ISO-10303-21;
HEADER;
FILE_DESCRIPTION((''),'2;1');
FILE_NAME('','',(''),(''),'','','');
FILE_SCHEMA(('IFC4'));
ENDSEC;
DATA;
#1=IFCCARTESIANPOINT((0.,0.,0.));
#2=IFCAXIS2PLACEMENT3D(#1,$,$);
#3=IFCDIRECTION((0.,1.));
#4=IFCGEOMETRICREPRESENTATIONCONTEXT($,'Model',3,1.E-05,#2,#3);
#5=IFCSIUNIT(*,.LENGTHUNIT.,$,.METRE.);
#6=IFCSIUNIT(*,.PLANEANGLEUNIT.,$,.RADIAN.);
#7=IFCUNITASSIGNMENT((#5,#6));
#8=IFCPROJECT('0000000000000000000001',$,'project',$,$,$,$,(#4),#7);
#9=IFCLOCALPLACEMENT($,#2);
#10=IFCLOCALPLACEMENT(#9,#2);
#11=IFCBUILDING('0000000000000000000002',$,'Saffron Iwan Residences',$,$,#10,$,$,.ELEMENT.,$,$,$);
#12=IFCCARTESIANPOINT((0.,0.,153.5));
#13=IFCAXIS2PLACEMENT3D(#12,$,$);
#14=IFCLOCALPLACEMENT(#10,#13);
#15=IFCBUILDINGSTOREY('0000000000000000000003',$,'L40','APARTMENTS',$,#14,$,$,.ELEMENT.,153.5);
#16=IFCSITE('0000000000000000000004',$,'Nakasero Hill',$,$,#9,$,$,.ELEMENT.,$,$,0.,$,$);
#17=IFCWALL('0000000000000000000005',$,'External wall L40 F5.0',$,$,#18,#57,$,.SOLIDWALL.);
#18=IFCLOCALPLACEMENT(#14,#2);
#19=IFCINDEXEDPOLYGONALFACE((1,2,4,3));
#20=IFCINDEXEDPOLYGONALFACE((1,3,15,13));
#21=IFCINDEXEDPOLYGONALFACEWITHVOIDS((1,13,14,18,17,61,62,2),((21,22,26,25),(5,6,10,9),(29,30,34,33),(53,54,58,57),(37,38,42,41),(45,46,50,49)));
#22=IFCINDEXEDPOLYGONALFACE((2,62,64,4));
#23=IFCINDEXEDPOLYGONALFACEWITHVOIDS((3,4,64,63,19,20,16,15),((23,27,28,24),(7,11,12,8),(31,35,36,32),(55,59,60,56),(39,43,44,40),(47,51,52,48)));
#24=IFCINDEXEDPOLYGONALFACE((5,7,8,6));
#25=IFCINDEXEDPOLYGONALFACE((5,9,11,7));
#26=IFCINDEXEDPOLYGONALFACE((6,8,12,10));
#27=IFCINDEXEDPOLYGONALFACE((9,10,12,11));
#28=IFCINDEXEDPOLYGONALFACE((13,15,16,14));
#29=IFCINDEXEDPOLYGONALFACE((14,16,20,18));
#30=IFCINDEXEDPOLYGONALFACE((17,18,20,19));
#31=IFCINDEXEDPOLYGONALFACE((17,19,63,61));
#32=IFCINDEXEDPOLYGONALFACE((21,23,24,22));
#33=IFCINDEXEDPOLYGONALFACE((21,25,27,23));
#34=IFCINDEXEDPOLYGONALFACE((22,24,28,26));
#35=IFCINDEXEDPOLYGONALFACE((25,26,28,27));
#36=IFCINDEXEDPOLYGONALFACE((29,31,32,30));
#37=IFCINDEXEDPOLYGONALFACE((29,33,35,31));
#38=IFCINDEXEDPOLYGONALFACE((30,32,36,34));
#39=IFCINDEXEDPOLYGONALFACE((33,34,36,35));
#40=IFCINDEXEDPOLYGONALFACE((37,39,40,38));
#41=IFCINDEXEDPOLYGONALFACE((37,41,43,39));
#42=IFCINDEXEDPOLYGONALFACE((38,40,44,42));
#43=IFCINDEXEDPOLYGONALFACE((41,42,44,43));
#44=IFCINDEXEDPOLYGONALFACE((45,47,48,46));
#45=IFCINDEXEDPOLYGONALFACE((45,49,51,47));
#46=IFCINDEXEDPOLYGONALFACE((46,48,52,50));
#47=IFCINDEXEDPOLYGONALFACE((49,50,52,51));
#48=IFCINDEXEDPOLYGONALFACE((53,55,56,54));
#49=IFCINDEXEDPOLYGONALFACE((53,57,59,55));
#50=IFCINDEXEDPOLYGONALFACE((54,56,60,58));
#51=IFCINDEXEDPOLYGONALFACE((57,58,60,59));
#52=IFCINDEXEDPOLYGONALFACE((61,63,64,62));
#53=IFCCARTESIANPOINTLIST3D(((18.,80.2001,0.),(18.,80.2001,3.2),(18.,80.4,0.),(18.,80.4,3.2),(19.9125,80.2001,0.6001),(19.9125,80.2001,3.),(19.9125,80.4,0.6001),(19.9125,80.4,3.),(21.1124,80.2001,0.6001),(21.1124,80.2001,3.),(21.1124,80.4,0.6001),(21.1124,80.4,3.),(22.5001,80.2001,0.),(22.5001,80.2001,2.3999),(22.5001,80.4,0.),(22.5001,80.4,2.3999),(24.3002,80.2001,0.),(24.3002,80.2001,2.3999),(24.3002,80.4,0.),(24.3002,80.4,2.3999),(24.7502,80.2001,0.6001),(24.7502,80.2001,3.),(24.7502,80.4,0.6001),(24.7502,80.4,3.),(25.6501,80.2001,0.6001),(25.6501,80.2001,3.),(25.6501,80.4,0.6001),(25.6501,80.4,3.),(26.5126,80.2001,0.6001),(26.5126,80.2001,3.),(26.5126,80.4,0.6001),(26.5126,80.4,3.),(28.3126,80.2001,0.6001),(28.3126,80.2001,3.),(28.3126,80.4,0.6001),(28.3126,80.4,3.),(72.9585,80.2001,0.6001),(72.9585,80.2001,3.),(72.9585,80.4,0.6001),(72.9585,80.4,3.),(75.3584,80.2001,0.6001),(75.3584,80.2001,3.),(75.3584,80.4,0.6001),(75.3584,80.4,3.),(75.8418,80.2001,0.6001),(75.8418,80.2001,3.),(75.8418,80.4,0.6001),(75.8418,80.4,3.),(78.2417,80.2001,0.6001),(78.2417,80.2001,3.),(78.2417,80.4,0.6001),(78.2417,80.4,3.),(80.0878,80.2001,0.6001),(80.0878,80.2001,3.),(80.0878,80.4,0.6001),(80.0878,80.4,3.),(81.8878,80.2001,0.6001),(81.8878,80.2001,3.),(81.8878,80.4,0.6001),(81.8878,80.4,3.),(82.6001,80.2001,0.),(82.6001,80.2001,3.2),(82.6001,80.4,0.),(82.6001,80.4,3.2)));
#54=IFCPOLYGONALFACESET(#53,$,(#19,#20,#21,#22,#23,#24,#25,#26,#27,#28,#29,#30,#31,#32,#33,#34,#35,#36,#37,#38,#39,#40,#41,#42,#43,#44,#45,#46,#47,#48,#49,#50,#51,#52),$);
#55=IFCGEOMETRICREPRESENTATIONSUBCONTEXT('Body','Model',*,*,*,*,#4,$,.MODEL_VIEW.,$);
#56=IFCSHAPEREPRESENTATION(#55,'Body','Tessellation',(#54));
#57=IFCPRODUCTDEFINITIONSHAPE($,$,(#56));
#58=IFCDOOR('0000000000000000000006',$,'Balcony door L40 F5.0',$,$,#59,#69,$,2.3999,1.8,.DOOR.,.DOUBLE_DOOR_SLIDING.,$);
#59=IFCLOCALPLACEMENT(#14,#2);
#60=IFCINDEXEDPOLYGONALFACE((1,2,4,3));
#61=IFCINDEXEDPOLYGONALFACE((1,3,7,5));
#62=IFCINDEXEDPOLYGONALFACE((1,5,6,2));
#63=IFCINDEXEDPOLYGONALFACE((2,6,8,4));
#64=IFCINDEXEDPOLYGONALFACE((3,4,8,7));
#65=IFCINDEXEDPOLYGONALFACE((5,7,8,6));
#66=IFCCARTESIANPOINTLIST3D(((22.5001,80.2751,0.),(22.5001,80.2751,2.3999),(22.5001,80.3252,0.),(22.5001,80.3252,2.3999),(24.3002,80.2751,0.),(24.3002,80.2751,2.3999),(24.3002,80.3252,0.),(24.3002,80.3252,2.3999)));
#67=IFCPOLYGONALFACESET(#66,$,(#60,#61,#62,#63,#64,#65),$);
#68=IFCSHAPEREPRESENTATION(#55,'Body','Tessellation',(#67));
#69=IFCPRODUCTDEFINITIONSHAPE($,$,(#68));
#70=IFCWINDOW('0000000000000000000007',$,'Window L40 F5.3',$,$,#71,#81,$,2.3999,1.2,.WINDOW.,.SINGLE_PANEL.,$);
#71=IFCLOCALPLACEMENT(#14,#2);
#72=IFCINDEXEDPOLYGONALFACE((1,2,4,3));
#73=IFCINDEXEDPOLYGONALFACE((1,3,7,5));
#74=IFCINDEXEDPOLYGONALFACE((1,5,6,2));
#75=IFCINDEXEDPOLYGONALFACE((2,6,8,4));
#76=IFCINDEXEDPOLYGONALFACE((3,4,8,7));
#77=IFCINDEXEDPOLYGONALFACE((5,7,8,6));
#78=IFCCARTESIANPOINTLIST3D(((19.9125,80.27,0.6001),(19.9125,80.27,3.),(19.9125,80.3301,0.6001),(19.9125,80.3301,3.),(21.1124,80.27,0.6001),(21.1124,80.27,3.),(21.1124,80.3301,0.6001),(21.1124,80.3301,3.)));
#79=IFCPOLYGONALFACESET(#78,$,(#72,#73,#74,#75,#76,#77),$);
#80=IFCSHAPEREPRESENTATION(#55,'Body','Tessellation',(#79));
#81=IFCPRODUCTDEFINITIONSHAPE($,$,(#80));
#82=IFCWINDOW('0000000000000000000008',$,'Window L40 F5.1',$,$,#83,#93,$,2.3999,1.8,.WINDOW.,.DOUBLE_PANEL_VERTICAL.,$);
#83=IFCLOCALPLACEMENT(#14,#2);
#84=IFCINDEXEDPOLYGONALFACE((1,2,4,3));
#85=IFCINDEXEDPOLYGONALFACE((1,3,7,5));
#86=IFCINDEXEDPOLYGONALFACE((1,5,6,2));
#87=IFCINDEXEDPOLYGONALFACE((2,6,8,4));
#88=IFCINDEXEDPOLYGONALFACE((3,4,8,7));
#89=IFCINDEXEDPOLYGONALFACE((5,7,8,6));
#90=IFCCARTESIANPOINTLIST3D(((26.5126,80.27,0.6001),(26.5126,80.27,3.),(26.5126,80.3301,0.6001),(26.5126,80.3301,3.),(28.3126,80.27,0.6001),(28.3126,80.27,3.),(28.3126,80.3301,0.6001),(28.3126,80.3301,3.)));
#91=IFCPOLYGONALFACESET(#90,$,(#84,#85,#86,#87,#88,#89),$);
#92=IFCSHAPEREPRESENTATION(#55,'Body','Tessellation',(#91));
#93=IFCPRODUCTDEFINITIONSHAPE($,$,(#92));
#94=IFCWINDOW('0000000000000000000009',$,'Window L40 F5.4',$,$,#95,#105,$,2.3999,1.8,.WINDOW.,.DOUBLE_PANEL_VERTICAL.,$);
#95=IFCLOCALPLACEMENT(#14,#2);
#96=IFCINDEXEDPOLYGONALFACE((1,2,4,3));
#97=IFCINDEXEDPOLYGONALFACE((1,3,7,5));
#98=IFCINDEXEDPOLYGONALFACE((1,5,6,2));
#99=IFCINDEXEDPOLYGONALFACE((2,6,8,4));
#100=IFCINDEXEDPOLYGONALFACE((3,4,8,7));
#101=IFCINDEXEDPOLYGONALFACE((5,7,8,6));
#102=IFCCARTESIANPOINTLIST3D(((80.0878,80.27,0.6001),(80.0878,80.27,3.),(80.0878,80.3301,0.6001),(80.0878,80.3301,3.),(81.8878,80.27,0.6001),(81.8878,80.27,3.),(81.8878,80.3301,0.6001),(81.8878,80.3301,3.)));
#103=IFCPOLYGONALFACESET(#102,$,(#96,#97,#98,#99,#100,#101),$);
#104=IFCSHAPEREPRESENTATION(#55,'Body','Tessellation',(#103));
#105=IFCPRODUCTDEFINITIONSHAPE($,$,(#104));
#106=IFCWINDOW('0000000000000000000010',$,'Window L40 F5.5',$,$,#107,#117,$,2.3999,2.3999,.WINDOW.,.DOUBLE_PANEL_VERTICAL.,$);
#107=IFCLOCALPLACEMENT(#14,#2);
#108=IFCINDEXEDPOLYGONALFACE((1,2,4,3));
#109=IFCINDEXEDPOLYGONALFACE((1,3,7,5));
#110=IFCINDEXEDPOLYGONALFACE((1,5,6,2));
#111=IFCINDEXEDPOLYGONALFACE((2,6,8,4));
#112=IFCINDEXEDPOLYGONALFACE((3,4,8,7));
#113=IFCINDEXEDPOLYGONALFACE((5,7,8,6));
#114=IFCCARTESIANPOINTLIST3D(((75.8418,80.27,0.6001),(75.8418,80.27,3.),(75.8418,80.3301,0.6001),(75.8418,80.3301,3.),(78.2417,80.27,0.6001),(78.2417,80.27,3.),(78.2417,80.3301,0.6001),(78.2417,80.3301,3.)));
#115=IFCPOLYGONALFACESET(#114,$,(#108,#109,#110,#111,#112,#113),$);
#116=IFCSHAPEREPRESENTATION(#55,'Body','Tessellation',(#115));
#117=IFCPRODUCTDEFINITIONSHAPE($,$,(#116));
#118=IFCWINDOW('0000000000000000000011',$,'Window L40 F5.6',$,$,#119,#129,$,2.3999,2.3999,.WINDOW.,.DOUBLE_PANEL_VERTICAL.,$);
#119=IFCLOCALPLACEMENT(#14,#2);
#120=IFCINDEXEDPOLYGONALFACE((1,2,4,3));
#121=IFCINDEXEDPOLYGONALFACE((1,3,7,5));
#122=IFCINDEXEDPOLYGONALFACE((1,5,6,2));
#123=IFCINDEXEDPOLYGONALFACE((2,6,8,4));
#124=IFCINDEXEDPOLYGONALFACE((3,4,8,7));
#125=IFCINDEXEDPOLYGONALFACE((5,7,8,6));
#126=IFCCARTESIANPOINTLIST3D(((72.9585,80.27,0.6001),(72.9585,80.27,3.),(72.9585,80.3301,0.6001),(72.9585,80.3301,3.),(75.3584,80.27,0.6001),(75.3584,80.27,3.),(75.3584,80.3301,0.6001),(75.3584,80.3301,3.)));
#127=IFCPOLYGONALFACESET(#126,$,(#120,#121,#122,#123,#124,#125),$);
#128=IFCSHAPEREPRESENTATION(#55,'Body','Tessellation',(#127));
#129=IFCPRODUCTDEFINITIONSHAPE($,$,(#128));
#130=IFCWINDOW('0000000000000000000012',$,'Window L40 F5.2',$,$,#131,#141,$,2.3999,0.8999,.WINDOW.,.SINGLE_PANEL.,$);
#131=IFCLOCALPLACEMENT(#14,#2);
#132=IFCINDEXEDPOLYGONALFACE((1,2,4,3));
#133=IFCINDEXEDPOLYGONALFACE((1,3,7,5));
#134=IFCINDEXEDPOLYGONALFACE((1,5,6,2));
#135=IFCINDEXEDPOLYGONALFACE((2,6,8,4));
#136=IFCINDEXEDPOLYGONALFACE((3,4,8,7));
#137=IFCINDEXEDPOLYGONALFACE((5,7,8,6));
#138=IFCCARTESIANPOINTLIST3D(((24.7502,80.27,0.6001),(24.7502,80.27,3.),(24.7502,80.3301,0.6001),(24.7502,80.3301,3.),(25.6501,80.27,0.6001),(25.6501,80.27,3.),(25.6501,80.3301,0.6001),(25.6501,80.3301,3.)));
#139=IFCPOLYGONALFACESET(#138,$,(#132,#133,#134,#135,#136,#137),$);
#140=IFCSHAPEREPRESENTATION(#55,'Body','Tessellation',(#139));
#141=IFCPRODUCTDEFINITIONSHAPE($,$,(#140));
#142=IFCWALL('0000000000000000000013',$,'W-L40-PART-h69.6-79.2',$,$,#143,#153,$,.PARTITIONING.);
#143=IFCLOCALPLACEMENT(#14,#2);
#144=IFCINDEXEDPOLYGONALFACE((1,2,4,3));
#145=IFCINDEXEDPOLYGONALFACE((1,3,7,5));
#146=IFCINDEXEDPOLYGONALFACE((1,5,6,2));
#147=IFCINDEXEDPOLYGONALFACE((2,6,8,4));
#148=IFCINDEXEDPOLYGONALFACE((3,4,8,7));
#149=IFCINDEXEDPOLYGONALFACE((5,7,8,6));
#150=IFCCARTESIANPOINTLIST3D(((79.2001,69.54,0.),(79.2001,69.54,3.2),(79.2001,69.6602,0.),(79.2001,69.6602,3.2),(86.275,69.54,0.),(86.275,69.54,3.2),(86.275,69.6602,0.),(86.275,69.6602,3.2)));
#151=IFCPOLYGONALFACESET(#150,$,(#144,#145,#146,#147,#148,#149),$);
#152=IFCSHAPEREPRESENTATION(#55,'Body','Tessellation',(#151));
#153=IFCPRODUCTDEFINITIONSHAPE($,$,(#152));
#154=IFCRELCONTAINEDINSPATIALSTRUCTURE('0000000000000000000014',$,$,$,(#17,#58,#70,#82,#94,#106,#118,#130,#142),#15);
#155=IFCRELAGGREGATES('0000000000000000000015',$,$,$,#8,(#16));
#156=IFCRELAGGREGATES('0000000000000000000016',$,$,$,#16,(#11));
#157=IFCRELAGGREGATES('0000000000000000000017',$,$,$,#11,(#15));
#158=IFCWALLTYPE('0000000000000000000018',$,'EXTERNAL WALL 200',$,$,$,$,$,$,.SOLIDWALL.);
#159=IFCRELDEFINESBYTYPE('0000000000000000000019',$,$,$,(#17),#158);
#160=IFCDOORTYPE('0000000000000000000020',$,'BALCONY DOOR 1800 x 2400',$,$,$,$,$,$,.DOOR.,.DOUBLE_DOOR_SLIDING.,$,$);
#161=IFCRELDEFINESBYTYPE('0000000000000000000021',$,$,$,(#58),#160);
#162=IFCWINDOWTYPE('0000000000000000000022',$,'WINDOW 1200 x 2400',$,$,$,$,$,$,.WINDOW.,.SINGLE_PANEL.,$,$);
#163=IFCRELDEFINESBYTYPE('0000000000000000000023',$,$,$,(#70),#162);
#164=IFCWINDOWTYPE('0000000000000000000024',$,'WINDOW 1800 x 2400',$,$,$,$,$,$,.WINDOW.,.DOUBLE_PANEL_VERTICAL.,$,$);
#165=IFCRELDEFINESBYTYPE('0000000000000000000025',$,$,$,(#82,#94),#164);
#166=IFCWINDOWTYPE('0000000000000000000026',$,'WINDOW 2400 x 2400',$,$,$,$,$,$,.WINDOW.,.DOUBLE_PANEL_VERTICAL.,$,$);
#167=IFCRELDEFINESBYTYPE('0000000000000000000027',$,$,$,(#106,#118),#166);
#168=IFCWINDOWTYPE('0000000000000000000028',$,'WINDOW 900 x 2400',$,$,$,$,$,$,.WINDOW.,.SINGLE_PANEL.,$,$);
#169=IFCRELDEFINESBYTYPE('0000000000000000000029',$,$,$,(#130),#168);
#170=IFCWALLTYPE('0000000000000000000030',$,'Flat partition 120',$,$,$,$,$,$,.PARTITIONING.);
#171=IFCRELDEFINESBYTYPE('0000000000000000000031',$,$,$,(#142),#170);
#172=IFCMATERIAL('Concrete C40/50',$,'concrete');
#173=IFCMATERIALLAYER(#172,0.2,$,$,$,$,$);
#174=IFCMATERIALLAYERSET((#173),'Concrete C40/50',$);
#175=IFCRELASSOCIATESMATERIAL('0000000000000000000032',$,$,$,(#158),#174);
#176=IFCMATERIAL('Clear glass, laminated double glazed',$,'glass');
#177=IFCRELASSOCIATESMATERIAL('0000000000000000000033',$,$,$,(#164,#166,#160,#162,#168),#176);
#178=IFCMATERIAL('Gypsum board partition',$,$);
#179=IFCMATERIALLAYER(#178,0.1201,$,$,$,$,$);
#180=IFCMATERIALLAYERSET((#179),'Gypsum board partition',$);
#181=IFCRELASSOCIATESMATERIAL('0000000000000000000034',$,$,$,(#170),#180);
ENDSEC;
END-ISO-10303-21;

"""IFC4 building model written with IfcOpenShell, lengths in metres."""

from ifc_helpers import new_model, si_unit, direction, frame, frame_2d, origin, place, context, subcontext, project, spatial, rectangle, extrude, material, layer, layer_set, type_object, element, fill, save


model = new_model("IFC4")

# Units and contexts
model_context = context("Model", 3, precision=1e-05, world=origin(), true_north=direction((0.0, 1.0)))
body_context = subcontext(model_context, "Body", "Model", "MODEL_VIEW")
ifc_project = project(units=[si_unit("LENGTHUNIT", "METRE"), si_unit("PLANEANGLEUNIT", "RADIAN")], contexts=[model_context])

# Site, building, storey
site_placement = place(None, origin())
site = spatial("IfcSite", under=ifc_project, at=site_placement, Name="Nakasero Hill", CompositionType="ELEMENT", RefElevation=0.0)
building_placement = place(site_placement, origin())
building = spatial("IfcBuilding", under=site, at=building_placement, Name="Saffron Iwan Residences", CompositionType="ELEMENT")
storey_placement = place(building_placement, frame((0.0, 0.0, 153.5)))
storey = spatial("IfcBuildingStorey", under=building, at=storey_placement, Name="L40", Description="APARTMENTS", CompositionType="ELEMENT", Elevation=153.5)

# Shared definitions
ifc_material_1 = material(Name="Concrete C40/50", Category="concrete")
ifc_layer_1 = layer(ifc_material_1, 0.2)
ifc_layer_set_1 = layer_set([ifc_layer_1], Name="Concrete C40/50")
wall_type_1 = type_object("IfcWallType", Name="EXTERNAL WALL 200", PredefinedType="SOLIDWALL", material=ifc_layer_set_1)
ifc_material_2 = material(Name="Clear glass, laminated double glazed", Category="glass")
window_type_1 = type_object("IfcWindowType", Name="WINDOW 1800 x 2400", PartitioningType="DOUBLE_PANEL_VERTICAL", PredefinedType="WINDOW", material=ifc_material_2)
window_type_2 = type_object("IfcWindowType", Name="WINDOW 2400 x 2400", PartitioningType="DOUBLE_PANEL_VERTICAL", PredefinedType="WINDOW", material=ifc_material_2)

# Wall, openings, door, windows
wall_1_placement = place(storey_placement, frame((82.6001, 80.3, 0.0), z_axis=(0.0, 0.0, 1.0), x_axis=(-1.0, 0.0, 0.0)))
wall_1 = element("IfcWall", 1, at=wall_1_placement, inside=storey, type_object=wall_type_1, Name="External wall L40 F5.0", PredefinedType="SOLIDWALL", context=body_context, shape_type="SweptSolid", body=[
    extrude(rectangle(XDim=64.6001, YDim=0.2, at=frame_2d((32.3, 0.0))), origin(), (0.0, 0.0, 1.0), 3.2),
])
opening_1_placement = place(wall_1_placement, frame((58.3, 0.0, 0.0)))
opening_1 = element("IfcOpeningElement", 2, at=opening_1_placement, cuts=wall_1, PredefinedType="OPENING", context=body_context, shape_type="SweptSolid", body=[
    extrude(rectangle(XDim=1.8, YDim=2.3999, at=frame_2d((0.8999, 1.2))), frame((0.0, 0.1099, 0.0), z_axis=(0.0, -1.0, 0.0), x_axis=(1.0, 0.0, 0.0)), (0.0, 0.0, 1.0), 0.22),
])
opening_2_placement = place(wall_1_placement, frame((54.2876, 0.0, 0.6001)))
opening_2 = element("IfcOpeningElement", 3, at=opening_2_placement, cuts=wall_1, PredefinedType="OPENING", context=body_context, shape_type="SweptSolid", body=[
    extrude(rectangle(XDim=1.8, YDim=2.3999, at=frame_2d((0.8999, 1.2))), frame((0.0, 0.1099, 0.0), z_axis=(0.0, -1.0, 0.0), x_axis=(1.0, 0.0, 0.0)), (0.0, 0.0, 1.0), 0.22),
])
opening_3_placement = place(wall_1_placement, frame((56.95, 0.0, 0.6001)))
opening_3 = element("IfcOpeningElement", 4, at=opening_3_placement, cuts=wall_1, PredefinedType="OPENING", context=body_context, shape_type="SweptSolid", body=[
    extrude(rectangle(XDim=0.8999, YDim=2.3999, at=frame_2d((0.45, 1.2))), frame((0.0, 0.1099, 0.0), z_axis=(0.0, -1.0, 0.0), x_axis=(1.0, 0.0, 0.0)), (0.0, 0.0, 1.0), 0.22),
])
opening_4_placement = place(wall_1_placement, frame((61.4875, 0.0, 0.6001)))
opening_4 = element("IfcOpeningElement", 5, at=opening_4_placement, cuts=wall_1, PredefinedType="OPENING", context=body_context, shape_type="SweptSolid", body=[
    extrude(rectangle(XDim=1.2, YDim=2.3999, at=frame_2d((0.6001, 1.2))), frame((0.0, 0.1099, 0.0), z_axis=(0.0, -1.0, 0.0), x_axis=(1.0, 0.0, 0.0)), (0.0, 0.0, 1.0), 0.22),
])
opening_5_placement = place(wall_1_placement, frame((0.7124, 0.0, 0.6001)))
opening_5 = element("IfcOpeningElement", 6, at=opening_5_placement, cuts=wall_1, PredefinedType="OPENING", context=body_context, shape_type="SweptSolid", body=[
    extrude(rectangle(XDim=1.8, YDim=2.3999, at=frame_2d((0.8999, 1.2))), frame((0.0, 0.1099, 0.0), z_axis=(0.0, -1.0, 0.0), x_axis=(1.0, 0.0, 0.0)), (0.0, 0.0, 1.0), 0.22),
])
opening_6_placement = place(wall_1_placement, frame((4.3584, 0.0, 0.6001)))
opening_6 = element("IfcOpeningElement", 7, at=opening_6_placement, cuts=wall_1, PredefinedType="OPENING", context=body_context, shape_type="SweptSolid", body=[
    extrude(rectangle(XDim=2.3999, YDim=2.3999, at=frame_2d((1.2, 1.2))), frame((0.0, 0.1099, 0.0), z_axis=(0.0, -1.0, 0.0), x_axis=(1.0, 0.0, 0.0)), (0.0, 0.0, 1.0), 0.22),
])
opening_7_placement = place(wall_1_placement, frame((7.2417, 0.0, 0.6001)))
opening_7 = element("IfcOpeningElement", 8, at=opening_7_placement, cuts=wall_1, PredefinedType="OPENING", context=body_context, shape_type="SweptSolid", body=[
    extrude(rectangle(XDim=2.3999, YDim=2.3999, at=frame_2d((1.2, 1.2))), frame((0.0, 0.1099, 0.0), z_axis=(0.0, -1.0, 0.0), x_axis=(1.0, 0.0, 0.0)), (0.0, 0.0, 1.0), 0.22),
])
door_type = type_object("IfcDoorType", Name="BALCONY DOOR 1800 x 2400", OperationType="DOUBLE_DOOR_SLIDING", PredefinedType="DOOR", material=ifc_material_2)
door_placement = place(opening_1_placement, origin())
door = element("IfcDoor", 9, at=door_placement, inside=storey, type_object=door_type, Name="Balcony door L40 F5.0", OperationType="DOUBLE_DOOR_SLIDING", OverallHeight=2.3999, OverallWidth=1.8, PredefinedType="DOOR", context=body_context, shape_type="SweptSolid", body=[
    extrude(rectangle(XDim=1.8, YDim=2.3999, at=frame_2d((0.8999, 1.2))), frame((0.0, 0.0249, 0.0), z_axis=(0.0, -1.0, 0.0), x_axis=(1.0, 0.0, 0.0)), (0.0, 0.0, 1.0), 0.05),
])
fill(opening_1, door)
window_type_3 = type_object("IfcWindowType", Name="WINDOW 1200 x 2400", PartitioningType="SINGLE_PANEL", PredefinedType="WINDOW", material=ifc_material_2)
window_1_placement = place(opening_4_placement, origin())
window_1 = element("IfcWindow", 10, at=window_1_placement, inside=storey, type_object=window_type_3, Name="Window L40 F5.3", OverallHeight=2.3999, OverallWidth=1.2, PartitioningType="SINGLE_PANEL", PredefinedType="WINDOW", context=body_context, shape_type="SweptSolid", body=[
    extrude(rectangle(XDim=1.2, YDim=2.3999, at=frame_2d((0.6001, 1.2))), frame((0.0, 0.03, 0.0), z_axis=(0.0, -1.0, 0.0), x_axis=(1.0, 0.0, 0.0)), (0.0, 0.0, 1.0), 0.0601),
])
fill(opening_4, window_1)
window_2_placement = place(opening_2_placement, origin())
window_2 = element("IfcWindow", 11, at=window_2_placement, inside=storey, type_object=window_type_1, Name="Window L40 F5.1", OverallHeight=2.3999, OverallWidth=1.8, PartitioningType="DOUBLE_PANEL_VERTICAL", PredefinedType="WINDOW", context=body_context, shape_type="SweptSolid", body=[
    extrude(rectangle(XDim=1.8, YDim=2.3999, at=frame_2d((0.8999, 1.2))), frame((0.0, 0.03, 0.0), z_axis=(0.0, -1.0, 0.0), x_axis=(1.0, 0.0, 0.0)), (0.0, 0.0, 1.0), 0.0601),
])
fill(opening_2, window_2)
window_3_placement = place(opening_5_placement, origin())
window_3 = element("IfcWindow", 12, at=window_3_placement, inside=storey, type_object=window_type_1, Name="Window L40 F5.4", OverallHeight=2.3999, OverallWidth=1.8, PartitioningType="DOUBLE_PANEL_VERTICAL", PredefinedType="WINDOW", context=body_context, shape_type="SweptSolid", body=[
    extrude(rectangle(XDim=1.8, YDim=2.3999, at=frame_2d((0.8999, 1.2))), frame((0.0, 0.03, 0.0), z_axis=(0.0, -1.0, 0.0), x_axis=(1.0, 0.0, 0.0)), (0.0, 0.0, 1.0), 0.0601),
])
fill(opening_5, window_3)
window_4_placement = place(opening_6_placement, origin())
window_4 = element("IfcWindow", 13, at=window_4_placement, inside=storey, type_object=window_type_2, Name="Window L40 F5.5", OverallHeight=2.3999, OverallWidth=2.3999, PartitioningType="DOUBLE_PANEL_VERTICAL", PredefinedType="WINDOW", context=body_context, shape_type="SweptSolid", body=[
    extrude(rectangle(XDim=2.3999, YDim=2.3999, at=frame_2d((1.2, 1.2))), frame((0.0, 0.03, 0.0), z_axis=(0.0, -1.0, 0.0), x_axis=(1.0, 0.0, 0.0)), (0.0, 0.0, 1.0), 0.0601),
])
fill(opening_6, window_4)
window_5_placement = place(opening_7_placement, origin())
window_5 = element("IfcWindow", 14, at=window_5_placement, inside=storey, type_object=window_type_2, Name="Window L40 F5.6", OverallHeight=2.3999, OverallWidth=2.3999, PartitioningType="DOUBLE_PANEL_VERTICAL", PredefinedType="WINDOW", context=body_context, shape_type="SweptSolid", body=[
    extrude(rectangle(XDim=2.3999, YDim=2.3999, at=frame_2d((1.2, 1.2))), frame((0.0, 0.03, 0.0), z_axis=(0.0, -1.0, 0.0), x_axis=(1.0, 0.0, 0.0)), (0.0, 0.0, 1.0), 0.0601),
])
fill(opening_7, window_5)
window_type_4 = type_object("IfcWindowType", Name="WINDOW 900 x 2400", PartitioningType="SINGLE_PANEL", PredefinedType="WINDOW", material=ifc_material_2)
window_6_placement = place(opening_3_placement, origin())
window_6 = element("IfcWindow", 15, at=window_6_placement, inside=storey, type_object=window_type_4, Name="Window L40 F5.2", OverallHeight=2.3999, OverallWidth=0.8999, PartitioningType="SINGLE_PANEL", PredefinedType="WINDOW", context=body_context, shape_type="SweptSolid", body=[
    extrude(rectangle(XDim=0.8999, YDim=2.3999, at=frame_2d((0.45, 1.2))), frame((0.0, 0.03, 0.0), z_axis=(0.0, -1.0, 0.0), x_axis=(1.0, 0.0, 0.0)), (0.0, 0.0, 1.0), 0.0601),
])
fill(opening_3, window_6)

# Wall
ifc_material_3 = material(Name="Gypsum board partition")
ifc_layer_2 = layer(ifc_material_3, 0.1201)
ifc_layer_set_2 = layer_set([ifc_layer_2], Name="Gypsum board partition")
wall_type_2 = type_object("IfcWallType", Name="Flat partition 120", PredefinedType="PARTITIONING", material=ifc_layer_set_2)
wall_2_placement = place(storey_placement, frame((79.2, 69.6001, 0.0), z_axis=(0.0, 0.0, 1.0), x_axis=(1.0, 0.0, 0.0)))
element("IfcWall", 16, at=wall_2_placement, inside=storey, type_object=wall_type_2, Name="W-L40-PART-h69.6-79.2", PredefinedType="PARTITIONING", context=body_context, shape_type="SweptSolid", body=[
    extrude(rectangle(XDim=7.075, YDim=0.1201, at=frame_2d((3.5376, 0.0))), origin(), (0.0, 0.0, 1.0), 3.2),
])

save(model, "model.ifc")
